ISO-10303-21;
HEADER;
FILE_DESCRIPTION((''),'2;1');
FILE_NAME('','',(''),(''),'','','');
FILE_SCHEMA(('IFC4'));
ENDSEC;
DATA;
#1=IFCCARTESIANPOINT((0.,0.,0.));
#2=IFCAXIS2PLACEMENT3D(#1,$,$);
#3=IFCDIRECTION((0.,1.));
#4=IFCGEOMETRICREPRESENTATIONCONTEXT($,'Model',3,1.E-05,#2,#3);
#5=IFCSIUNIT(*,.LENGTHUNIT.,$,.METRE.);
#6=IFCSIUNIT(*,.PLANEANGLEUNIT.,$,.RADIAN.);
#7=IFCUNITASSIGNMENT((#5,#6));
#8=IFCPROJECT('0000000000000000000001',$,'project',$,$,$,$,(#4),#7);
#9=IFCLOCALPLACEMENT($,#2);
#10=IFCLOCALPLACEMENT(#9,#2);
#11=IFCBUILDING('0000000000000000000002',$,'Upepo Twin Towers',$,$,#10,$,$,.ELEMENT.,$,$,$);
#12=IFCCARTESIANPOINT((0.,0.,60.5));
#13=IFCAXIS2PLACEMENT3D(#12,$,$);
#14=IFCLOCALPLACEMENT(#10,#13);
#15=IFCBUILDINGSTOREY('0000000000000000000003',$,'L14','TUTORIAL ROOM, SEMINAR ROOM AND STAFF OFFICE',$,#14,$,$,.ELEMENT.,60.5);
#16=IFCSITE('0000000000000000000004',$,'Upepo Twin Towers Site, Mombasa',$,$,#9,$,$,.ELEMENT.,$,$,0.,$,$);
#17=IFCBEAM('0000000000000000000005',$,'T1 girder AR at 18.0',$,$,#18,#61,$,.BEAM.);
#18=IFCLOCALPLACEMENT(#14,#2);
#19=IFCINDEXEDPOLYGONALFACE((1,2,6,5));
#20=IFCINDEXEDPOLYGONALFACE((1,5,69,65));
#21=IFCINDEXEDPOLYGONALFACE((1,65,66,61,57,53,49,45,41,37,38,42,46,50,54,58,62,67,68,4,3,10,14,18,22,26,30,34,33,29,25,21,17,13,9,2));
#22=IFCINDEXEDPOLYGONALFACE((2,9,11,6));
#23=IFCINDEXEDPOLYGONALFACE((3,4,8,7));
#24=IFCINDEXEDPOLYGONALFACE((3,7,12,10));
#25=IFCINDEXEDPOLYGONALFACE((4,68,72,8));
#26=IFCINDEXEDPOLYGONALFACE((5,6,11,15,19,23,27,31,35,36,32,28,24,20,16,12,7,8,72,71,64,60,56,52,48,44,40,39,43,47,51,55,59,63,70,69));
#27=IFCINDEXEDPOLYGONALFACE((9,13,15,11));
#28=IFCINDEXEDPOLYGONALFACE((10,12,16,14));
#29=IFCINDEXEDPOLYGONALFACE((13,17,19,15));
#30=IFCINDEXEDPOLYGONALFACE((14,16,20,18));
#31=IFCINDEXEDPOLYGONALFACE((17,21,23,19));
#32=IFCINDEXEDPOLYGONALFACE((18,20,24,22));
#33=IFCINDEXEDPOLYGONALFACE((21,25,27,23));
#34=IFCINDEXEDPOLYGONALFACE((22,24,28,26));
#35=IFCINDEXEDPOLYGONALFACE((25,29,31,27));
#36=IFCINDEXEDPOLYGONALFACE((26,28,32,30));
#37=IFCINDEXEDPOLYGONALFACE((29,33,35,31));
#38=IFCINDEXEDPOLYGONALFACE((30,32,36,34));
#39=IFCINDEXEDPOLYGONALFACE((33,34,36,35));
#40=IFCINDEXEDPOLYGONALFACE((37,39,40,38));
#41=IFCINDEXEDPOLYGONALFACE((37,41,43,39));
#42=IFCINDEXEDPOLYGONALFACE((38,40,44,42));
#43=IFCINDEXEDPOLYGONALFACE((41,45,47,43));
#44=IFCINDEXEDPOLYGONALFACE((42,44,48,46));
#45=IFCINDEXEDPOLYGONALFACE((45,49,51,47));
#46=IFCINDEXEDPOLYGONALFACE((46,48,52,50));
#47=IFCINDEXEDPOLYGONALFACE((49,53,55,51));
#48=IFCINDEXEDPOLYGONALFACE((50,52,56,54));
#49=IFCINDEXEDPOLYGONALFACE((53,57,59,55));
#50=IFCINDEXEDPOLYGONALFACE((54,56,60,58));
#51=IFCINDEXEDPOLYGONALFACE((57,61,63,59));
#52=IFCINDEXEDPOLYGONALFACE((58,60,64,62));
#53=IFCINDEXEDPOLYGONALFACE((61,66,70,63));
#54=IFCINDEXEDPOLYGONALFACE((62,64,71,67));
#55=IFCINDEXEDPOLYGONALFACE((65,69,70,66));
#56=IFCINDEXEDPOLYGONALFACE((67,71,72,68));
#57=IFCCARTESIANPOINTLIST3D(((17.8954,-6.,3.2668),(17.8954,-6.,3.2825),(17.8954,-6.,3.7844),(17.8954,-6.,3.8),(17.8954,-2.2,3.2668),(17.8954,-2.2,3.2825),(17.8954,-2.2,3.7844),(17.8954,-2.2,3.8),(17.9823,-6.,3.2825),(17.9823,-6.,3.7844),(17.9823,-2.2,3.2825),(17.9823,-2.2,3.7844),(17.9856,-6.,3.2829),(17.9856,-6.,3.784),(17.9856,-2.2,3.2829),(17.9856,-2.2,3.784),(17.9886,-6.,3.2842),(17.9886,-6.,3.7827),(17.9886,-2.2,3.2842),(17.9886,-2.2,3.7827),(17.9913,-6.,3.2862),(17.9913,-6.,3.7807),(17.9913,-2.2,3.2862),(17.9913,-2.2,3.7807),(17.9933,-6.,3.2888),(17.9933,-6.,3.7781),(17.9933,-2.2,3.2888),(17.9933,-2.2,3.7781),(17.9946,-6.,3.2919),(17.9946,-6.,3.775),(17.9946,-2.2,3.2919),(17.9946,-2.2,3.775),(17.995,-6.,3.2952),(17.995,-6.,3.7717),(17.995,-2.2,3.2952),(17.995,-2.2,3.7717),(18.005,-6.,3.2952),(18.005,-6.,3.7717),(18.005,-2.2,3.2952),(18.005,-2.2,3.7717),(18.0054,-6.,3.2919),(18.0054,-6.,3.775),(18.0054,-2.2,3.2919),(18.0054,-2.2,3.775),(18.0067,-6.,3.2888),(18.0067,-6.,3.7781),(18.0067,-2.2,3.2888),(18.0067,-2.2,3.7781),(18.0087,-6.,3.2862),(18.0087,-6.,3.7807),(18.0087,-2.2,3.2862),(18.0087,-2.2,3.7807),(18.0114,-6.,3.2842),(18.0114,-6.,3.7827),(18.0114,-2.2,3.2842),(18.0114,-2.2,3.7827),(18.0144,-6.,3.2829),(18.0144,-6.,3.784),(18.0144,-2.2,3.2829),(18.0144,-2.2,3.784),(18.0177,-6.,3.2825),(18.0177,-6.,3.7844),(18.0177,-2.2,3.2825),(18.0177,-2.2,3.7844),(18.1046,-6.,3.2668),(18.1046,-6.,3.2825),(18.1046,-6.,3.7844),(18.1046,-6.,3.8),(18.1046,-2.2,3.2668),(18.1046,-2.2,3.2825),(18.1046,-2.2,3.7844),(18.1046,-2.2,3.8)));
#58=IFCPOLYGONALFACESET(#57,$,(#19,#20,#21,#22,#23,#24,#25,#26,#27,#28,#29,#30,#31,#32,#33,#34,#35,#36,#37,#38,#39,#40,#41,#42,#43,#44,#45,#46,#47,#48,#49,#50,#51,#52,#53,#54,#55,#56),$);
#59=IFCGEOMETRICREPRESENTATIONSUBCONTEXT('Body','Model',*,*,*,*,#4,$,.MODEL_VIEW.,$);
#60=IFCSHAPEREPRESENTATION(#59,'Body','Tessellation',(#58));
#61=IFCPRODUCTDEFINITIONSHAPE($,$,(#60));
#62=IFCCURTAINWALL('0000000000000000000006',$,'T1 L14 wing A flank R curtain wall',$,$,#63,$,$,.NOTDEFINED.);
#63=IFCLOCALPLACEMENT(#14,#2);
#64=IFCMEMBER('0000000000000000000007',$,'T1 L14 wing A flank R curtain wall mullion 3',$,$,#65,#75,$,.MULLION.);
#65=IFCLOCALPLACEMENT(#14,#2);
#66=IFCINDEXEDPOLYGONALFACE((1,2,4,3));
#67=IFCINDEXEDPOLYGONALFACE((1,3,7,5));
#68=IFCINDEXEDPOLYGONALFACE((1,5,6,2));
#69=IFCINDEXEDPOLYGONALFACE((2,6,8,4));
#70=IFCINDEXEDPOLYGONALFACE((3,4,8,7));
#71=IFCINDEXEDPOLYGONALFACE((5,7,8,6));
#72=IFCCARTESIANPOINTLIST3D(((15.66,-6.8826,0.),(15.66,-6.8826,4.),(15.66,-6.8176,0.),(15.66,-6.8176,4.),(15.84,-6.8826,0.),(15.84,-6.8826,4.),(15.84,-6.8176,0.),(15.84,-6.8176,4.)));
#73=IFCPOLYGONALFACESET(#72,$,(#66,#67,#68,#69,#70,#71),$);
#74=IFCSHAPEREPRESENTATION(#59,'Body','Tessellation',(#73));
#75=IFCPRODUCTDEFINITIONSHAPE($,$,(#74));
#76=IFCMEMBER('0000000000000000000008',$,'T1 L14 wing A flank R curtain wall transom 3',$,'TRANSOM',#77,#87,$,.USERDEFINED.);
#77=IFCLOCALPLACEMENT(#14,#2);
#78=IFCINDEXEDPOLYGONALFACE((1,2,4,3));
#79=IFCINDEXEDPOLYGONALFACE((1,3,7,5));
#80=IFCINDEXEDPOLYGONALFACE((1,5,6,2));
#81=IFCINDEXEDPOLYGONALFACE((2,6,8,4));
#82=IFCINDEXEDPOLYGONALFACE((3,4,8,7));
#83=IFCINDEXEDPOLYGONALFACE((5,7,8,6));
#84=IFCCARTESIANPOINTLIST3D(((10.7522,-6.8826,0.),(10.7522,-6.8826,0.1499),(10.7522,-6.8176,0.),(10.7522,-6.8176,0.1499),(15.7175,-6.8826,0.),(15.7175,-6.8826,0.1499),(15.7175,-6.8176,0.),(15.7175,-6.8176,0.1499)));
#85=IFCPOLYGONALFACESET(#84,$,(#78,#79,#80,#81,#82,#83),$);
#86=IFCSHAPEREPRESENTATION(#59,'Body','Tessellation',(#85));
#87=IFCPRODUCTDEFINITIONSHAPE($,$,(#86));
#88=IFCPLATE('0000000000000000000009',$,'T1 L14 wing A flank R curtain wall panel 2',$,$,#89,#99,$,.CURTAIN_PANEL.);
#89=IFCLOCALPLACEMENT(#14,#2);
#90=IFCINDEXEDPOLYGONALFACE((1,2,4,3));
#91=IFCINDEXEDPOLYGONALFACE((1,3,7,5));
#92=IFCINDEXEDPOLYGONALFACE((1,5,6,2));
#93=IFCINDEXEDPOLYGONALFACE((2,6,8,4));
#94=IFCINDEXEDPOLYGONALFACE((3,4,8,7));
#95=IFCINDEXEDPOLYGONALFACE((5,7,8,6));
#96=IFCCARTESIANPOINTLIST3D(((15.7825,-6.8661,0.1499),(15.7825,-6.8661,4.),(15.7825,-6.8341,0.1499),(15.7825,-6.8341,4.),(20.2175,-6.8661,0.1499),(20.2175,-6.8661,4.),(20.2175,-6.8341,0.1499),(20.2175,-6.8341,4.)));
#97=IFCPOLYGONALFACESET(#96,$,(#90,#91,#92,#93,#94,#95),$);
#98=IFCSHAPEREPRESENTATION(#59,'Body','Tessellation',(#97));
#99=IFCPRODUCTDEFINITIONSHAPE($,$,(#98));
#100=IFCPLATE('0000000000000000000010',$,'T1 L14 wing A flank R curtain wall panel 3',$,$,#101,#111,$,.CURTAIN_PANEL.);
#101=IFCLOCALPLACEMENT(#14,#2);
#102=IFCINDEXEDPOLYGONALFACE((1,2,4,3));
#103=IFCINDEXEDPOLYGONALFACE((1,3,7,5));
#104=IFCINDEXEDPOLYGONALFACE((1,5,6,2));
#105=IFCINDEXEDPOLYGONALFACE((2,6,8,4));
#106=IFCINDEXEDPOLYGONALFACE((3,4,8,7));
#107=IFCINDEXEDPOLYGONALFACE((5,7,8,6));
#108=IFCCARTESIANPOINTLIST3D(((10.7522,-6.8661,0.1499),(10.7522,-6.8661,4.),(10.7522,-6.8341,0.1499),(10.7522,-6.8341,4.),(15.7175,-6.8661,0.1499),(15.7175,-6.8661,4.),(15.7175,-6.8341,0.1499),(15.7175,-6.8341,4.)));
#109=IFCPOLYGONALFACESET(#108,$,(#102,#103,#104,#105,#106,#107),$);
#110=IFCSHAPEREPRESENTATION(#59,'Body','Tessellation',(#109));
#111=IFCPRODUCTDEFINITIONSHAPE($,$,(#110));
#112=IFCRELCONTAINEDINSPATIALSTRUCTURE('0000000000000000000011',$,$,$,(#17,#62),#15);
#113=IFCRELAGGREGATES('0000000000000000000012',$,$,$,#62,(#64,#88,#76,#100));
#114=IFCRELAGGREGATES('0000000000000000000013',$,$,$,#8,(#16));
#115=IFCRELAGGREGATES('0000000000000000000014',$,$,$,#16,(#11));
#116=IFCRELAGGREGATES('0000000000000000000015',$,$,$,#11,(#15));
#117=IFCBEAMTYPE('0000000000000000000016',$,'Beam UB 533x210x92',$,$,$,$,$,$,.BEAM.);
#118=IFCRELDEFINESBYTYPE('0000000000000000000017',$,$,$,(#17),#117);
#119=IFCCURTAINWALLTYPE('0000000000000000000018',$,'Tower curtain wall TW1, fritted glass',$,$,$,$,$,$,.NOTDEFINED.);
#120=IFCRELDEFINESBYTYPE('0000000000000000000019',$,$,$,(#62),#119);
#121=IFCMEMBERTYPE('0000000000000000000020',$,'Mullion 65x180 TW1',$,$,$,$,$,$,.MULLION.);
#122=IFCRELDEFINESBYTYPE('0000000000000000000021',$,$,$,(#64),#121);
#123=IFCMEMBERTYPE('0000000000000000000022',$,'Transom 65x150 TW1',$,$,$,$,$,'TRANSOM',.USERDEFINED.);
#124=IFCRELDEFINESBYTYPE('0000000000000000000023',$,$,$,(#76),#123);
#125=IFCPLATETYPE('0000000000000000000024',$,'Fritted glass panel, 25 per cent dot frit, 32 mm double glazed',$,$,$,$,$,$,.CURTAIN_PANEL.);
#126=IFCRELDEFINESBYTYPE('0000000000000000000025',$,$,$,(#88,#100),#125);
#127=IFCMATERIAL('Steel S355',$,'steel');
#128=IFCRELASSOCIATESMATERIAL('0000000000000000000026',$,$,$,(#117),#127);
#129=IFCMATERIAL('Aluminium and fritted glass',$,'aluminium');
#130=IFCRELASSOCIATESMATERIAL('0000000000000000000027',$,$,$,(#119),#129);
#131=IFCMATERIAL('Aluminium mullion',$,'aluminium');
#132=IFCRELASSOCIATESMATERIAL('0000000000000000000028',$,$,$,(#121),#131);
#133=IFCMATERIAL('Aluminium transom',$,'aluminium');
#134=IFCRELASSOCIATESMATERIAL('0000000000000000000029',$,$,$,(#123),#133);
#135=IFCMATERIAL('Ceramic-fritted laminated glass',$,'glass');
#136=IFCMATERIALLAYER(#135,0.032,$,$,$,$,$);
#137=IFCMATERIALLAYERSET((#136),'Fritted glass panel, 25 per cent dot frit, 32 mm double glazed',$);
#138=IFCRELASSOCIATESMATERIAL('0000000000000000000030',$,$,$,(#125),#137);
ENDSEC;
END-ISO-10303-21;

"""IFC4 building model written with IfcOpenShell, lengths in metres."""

from ifc_helpers import new_model, si_unit, direction, frame, origin, origin_2d, place, context, subcontext, project, spatial, rectangle, i_section, extrude, material, layer, layer_set, material_profile, profile_set, type_object, element, aggregate, save


model = new_model("IFC4")

# Units and contexts
model_context = context("Model", 3, precision=1e-05, world=origin(), true_north=direction((0.0, 1.0)))
body_context = subcontext(model_context, "Body", "Model", "MODEL_VIEW")
ifc_project = project(units=[si_unit("LENGTHUNIT", "METRE"), si_unit("PLANEANGLEUNIT", "RADIAN")], contexts=[model_context])

# Site, building, storey
site_placement = place(None, origin())
site = spatial("IfcSite", under=ifc_project, at=site_placement, Name="Upepo Twin Towers Site, Mombasa", CompositionType="ELEMENT", RefElevation=0.0)
building_placement = place(site_placement, origin())
building = spatial("IfcBuilding", under=site, at=building_placement, Name="Upepo Twin Towers", CompositionType="ELEMENT")
storey_placement = place(building_placement, frame((0.0, 0.0, 60.5)))
storey = spatial("IfcBuildingStorey", under=building, at=storey_placement, Name="L14", Description="TUTORIAL ROOM, SEMINAR ROOM AND STAFF OFFICE", CompositionType="ELEMENT", Elevation=60.5)

# Beam
ifc_material_1 = material(Name="Steel S355", Category="steel")
ifc_material_profile_1 = material_profile(ifc_material_1, i_section(OverallWidth=0.2092, OverallDepth=0.5332, WebThickness=0.01, FlangeThickness=0.0156, FilletRadius=0.0127, at=origin_2d()), Name="UB 533x210x92")
ifc_profile_set_1 = profile_set([ifc_material_profile_1], Name="Steel S355")
beam_type_1 = type_object("IfcBeamType", Name="Beam UB 533x210x92", PredefinedType="BEAM", material=ifc_profile_set_1)
for number, where, z_axis, x_axis, name in (
    (1, (18.0, -6.0, 3.5334), (0.0, 1.0, 0.0), (-1.0, 0.0, 0.0), "T1 girder AR at 18.0"),
):
    element("IfcBeam", number, at=place(storey_placement, frame(where, z_axis=z_axis, x_axis=x_axis)), inside=storey, type_object=beam_type_1, Name=name, PredefinedType="BEAM", context=body_context, shape_type="SweptSolid", body=[
        extrude(i_section(OverallWidth=0.2092, OverallDepth=0.5332, WebThickness=0.01, FlangeThickness=0.0156, FilletRadius=0.0127, at=origin_2d()), origin(), (0.0, 0.0, 1.0), 3.8),
    ])

# Curtain wall, members, plates
ifc_material_2 = material(Name="Aluminium and fritted glass", Category="aluminium")
curtain_wall_type = type_object("IfcCurtainWallType", Name="Tower curtain wall TW1, fritted glass", PredefinedType="NOTDEFINED", material=ifc_material_2)
curtain_wall_placement = place(storey_placement, origin())
curtain_wall = element("IfcCurtainWall", 2, at=curtain_wall_placement, inside=storey, type_object=curtain_wall_type, Name="T1 L14 wing A flank R curtain wall", PredefinedType="NOTDEFINED")
ifc_material_3 = material(Name="Aluminium mullion", Category="aluminium")
ifc_material_profile_2 = material_profile(ifc_material_3, rectangle(XDim=0.0649, YDim=0.1799, at=origin_2d()), Name="MULLION 65x180")
ifc_profile_set_2 = profile_set([ifc_material_profile_2], Name="Aluminium mullion")
member_type_1 = type_object("IfcMemberType", Name="Mullion 65x180 TW1", PredefinedType="MULLION", material=ifc_profile_set_2)
member_1_placement = place(storey_placement, frame((15.75, -6.8501, 0.0), z_axis=(0.0, 0.0, 1.0), x_axis=(0.0, -1.0, 0.0)))
member_1 = element("IfcMember", 3, at=member_1_placement, type_object=member_type_1, Name="T1 L14 wing A flank R curtain wall mullion 3", PredefinedType="MULLION", context=body_context, shape_type="SweptSolid", body=[
    extrude(rectangle(XDim=0.0649, YDim=0.1799, at=origin_2d()), origin(), (0.0, 0.0, 1.0), 4.0),
])
ifc_material_4 = material(Name="Aluminium transom", Category="aluminium")
ifc_material_profile_3 = material_profile(ifc_material_4, rectangle(XDim=0.0649, YDim=0.1499, at=origin_2d()), Name="TRANSOM 65x150")
ifc_profile_set_3 = profile_set([ifc_material_profile_3], Name="Aluminium transom")
member_type_2 = type_object("IfcMemberType", Name="Transom 65x150 TW1", ElementType="TRANSOM", PredefinedType="USERDEFINED", material=ifc_profile_set_3)
member_2_placement = place(storey_placement, frame((15.7175, -6.8501, 0.075), z_axis=(-1.0, 0.0, 0.0), x_axis=(0.0, -1.0, 0.0)))
member_2 = element("IfcMember", 4, at=member_2_placement, type_object=member_type_2, Name="T1 L14 wing A flank R curtain wall transom 3", ObjectType="TRANSOM", PredefinedType="USERDEFINED", context=body_context, shape_type="SweptSolid", body=[
    extrude(rectangle(XDim=0.0649, YDim=0.1499, at=origin_2d()), origin(), (0.0, 0.0, 1.0), 4.9653),
])
ifc_material_5 = material(Name="Ceramic-fritted laminated glass", Category="glass")
ifc_layer_1 = layer(ifc_material_5, 0.032)
ifc_layer_set_1 = layer_set([ifc_layer_1], Name="Fritted glass panel, 25 per cent dot frit, 32 mm double glazed")
plate_type = type_object("IfcPlateType", Name="Fritted glass panel, 25 per cent dot frit, 32 mm double glazed", PredefinedType="CURTAIN_PANEL", material=ifc_layer_set_1)
plate_1_placement = place(storey_placement, frame((18.0, -6.8501, 0.1499), z_axis=(0.0, 0.0, 1.0), x_axis=(-1.0, 0.0, 0.0)))
plate_1 = element("IfcPlate", 5, at=plate_1_placement, type_object=plate_type, Name="T1 L14 wing A flank R curtain wall panel 2", PredefinedType="CURTAIN_PANEL", context=body_context, shape_type="SweptSolid", body=[
    extrude(rectangle(XDim=4.4351, YDim=0.032, at=origin_2d()), origin(), (0.0, 0.0, 1.0), 3.8501),
])
plate_2_placement = place(storey_placement, frame((13.2349, -6.8501, 0.1499), z_axis=(0.0, 0.0, 1.0), x_axis=(-1.0, 0.0, 0.0)))
plate_2 = element("IfcPlate", 6, at=plate_2_placement, type_object=plate_type, Name="T1 L14 wing A flank R curtain wall panel 3", PredefinedType="CURTAIN_PANEL", context=body_context, shape_type="SweptSolid", body=[
    extrude(rectangle(XDim=4.9653, YDim=0.032, at=origin_2d()), origin(), (0.0, 0.0, 1.0), 3.8501),
])
aggregate(curtain_wall, [member_1, plate_1, member_2, plate_2])

save(model, "model.ifc")
